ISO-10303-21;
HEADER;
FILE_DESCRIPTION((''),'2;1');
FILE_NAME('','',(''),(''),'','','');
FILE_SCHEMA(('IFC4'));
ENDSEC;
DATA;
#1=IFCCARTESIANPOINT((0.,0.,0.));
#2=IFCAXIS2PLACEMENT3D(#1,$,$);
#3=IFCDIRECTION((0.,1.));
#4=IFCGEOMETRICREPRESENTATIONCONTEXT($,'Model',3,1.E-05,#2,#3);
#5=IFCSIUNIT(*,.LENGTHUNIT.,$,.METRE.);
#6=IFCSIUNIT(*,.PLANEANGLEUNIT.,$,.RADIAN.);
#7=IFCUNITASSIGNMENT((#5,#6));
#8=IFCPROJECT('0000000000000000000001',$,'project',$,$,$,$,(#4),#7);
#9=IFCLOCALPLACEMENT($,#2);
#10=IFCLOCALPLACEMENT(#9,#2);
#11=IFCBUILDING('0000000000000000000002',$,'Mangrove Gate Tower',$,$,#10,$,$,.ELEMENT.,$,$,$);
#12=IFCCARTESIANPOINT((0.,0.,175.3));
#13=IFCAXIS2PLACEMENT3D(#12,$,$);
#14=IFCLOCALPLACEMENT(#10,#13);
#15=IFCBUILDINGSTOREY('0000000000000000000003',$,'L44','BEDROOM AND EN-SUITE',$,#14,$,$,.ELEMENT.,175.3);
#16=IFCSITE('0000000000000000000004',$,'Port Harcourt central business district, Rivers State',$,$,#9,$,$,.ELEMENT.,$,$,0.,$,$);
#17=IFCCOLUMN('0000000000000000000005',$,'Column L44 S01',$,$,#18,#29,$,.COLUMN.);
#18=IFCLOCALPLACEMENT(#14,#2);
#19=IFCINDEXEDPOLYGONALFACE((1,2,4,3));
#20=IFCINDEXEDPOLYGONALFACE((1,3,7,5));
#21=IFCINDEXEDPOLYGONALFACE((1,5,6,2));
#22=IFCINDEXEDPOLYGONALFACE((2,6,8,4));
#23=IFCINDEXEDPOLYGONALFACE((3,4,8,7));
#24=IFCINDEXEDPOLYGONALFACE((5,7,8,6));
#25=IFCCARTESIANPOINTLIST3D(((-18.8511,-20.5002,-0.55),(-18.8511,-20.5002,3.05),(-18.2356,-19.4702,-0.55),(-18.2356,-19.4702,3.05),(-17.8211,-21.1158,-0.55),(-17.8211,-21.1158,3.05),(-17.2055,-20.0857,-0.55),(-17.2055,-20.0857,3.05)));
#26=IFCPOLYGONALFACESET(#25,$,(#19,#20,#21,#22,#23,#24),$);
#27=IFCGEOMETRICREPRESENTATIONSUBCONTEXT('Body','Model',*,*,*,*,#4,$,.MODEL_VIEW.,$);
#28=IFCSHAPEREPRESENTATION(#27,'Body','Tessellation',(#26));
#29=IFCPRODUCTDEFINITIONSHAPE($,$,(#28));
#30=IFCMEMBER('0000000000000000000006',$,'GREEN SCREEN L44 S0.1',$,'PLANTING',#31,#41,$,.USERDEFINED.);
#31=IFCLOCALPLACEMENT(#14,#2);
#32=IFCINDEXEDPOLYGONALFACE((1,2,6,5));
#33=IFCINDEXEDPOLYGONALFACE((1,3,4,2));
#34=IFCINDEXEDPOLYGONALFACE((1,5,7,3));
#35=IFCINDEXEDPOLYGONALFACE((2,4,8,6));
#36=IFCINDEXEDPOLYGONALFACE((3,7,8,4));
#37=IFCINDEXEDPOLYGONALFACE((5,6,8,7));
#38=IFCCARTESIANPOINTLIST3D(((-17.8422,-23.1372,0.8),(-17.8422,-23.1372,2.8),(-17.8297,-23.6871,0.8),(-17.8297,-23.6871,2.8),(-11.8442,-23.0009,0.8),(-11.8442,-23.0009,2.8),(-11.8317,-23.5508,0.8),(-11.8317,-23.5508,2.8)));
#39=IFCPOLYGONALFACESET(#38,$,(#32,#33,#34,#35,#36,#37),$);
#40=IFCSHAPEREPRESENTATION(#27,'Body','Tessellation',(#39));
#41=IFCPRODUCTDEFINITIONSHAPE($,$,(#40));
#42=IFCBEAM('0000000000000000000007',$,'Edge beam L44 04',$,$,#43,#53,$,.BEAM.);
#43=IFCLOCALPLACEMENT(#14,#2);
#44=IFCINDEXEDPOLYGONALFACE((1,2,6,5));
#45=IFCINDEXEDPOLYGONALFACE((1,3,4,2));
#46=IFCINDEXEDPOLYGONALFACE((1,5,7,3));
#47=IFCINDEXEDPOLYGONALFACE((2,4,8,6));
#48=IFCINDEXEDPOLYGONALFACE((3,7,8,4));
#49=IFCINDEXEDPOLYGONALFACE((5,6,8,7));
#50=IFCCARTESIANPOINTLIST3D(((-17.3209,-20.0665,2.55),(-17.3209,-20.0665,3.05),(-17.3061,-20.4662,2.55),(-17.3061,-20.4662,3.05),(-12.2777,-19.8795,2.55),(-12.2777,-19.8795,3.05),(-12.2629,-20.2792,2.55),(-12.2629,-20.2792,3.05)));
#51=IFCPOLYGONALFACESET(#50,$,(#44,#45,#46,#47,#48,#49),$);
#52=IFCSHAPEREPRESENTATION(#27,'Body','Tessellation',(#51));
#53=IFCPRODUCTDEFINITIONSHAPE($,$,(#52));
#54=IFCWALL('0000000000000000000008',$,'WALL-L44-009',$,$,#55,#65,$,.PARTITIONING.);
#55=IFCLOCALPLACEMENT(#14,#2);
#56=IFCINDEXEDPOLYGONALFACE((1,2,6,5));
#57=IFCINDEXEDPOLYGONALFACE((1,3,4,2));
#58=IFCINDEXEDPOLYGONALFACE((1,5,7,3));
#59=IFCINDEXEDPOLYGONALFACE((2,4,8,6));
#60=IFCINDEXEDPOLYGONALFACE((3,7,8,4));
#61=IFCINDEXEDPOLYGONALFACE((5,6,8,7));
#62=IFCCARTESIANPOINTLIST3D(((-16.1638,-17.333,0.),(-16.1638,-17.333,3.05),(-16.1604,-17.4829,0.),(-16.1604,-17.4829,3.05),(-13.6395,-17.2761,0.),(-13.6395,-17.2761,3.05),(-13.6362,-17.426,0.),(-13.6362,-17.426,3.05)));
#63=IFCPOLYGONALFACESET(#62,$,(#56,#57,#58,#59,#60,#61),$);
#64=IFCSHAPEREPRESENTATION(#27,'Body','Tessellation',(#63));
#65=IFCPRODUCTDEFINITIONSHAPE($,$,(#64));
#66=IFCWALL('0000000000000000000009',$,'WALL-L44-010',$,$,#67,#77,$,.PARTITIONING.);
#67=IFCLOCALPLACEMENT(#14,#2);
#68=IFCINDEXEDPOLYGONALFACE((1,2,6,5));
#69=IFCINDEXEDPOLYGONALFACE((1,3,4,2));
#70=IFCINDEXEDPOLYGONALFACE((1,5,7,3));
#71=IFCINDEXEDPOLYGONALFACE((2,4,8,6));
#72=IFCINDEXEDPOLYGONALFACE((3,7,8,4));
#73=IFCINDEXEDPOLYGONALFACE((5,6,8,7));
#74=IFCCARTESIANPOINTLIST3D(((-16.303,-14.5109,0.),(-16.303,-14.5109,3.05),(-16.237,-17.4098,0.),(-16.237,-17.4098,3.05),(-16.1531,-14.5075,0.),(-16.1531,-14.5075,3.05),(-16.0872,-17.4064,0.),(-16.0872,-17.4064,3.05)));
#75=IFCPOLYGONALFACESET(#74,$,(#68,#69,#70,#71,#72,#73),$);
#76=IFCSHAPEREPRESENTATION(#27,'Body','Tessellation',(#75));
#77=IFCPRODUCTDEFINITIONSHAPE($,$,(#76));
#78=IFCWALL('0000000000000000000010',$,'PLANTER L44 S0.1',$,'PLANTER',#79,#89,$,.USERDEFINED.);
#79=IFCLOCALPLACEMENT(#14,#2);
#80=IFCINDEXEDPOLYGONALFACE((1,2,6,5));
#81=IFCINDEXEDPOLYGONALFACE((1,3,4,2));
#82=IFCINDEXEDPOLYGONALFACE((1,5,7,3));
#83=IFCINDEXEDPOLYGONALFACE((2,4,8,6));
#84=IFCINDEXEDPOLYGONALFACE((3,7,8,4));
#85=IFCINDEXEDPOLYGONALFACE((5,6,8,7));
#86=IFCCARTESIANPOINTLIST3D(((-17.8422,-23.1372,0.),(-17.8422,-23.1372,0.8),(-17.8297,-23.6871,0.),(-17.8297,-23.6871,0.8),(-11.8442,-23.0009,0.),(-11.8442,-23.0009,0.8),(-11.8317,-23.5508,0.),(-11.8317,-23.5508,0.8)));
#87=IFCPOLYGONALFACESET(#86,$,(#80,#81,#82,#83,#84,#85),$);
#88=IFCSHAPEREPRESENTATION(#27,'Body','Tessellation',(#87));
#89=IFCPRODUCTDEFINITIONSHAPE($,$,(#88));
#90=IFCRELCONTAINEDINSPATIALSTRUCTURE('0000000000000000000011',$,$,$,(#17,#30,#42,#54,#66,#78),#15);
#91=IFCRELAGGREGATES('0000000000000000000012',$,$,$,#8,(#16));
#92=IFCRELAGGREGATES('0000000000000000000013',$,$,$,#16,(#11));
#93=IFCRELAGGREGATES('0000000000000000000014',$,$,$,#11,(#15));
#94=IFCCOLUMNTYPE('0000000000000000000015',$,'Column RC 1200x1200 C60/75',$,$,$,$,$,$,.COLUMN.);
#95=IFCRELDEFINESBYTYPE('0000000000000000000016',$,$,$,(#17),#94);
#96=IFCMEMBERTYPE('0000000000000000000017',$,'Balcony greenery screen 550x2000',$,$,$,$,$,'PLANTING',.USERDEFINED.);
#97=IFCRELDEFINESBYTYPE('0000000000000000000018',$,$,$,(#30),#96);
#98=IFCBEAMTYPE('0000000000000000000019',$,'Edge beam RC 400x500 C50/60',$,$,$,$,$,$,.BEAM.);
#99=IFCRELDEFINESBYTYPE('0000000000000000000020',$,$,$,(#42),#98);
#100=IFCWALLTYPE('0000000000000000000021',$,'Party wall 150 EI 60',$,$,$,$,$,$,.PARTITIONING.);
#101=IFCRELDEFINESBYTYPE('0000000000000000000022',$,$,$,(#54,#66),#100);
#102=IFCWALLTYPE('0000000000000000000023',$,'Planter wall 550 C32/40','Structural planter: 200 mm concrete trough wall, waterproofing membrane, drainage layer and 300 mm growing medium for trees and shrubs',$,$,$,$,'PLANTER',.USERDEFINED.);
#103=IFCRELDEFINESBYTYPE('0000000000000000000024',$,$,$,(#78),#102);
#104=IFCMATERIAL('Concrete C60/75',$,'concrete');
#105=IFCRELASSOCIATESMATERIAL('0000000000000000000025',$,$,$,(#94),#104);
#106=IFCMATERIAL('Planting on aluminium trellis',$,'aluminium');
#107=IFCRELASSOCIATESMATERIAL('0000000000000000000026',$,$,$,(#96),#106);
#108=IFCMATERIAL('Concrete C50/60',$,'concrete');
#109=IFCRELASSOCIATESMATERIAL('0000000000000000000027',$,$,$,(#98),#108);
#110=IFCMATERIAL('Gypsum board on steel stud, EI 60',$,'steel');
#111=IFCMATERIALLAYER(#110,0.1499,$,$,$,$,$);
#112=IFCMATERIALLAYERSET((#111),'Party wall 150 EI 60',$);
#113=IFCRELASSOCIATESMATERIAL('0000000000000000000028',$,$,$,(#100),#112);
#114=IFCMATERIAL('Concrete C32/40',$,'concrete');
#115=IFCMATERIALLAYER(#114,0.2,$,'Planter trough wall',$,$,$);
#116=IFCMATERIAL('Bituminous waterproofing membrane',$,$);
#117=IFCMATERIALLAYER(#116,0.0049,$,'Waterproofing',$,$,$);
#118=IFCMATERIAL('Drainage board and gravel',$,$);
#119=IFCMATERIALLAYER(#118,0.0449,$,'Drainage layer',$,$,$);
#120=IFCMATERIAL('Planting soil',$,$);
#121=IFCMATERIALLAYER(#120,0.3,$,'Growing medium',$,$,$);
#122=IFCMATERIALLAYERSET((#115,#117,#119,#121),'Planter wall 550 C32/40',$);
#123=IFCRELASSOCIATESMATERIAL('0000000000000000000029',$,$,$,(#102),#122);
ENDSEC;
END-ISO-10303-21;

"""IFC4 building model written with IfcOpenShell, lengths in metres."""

from ifc_helpers import new_model, si_unit, direction, frame, frame_2d, origin, origin_2d, place, context, subcontext, project, spatial, rectangle, extrude, material, layer, layer_set, material_profile, profile_set, type_object, element, save


model = new_model("IFC4")

# Units and contexts
model_context = context("Model", 3, precision=1e-05, world=origin(), true_north=direction((0.0, 1.0)))
body_context = subcontext(model_context, "Body", "Model", "MODEL_VIEW")
ifc_project = project(units=[si_unit("LENGTHUNIT", "METRE"), si_unit("PLANEANGLEUNIT", "RADIAN")], contexts=[model_context])

# Site, building, storey
site_placement = place(None, origin())
site = spatial("IfcSite", under=ifc_project, at=site_placement, Name="Port Harcourt central business district, Rivers State", CompositionType="ELEMENT", RefElevation=0.0)
building_placement = place(site_placement, origin())
building = spatial("IfcBuilding", under=site, at=building_placement, Name="Mangrove Gate Tower", CompositionType="ELEMENT")
storey_placement = place(building_placement, frame((0.0, 0.0, 175.3)))
storey = spatial("IfcBuildingStorey", under=building, at=storey_placement, Name="L44", Description="BEDROOM AND EN-SUITE", CompositionType="ELEMENT", Elevation=175.3)

# Column
ifc_material_1 = material(Name="Concrete C60/75", Category="concrete")
ifc_material_profile_1 = material_profile(ifc_material_1, rectangle(XDim=1.2, YDim=1.2, at=origin_2d()))
ifc_profile_set_1 = profile_set([ifc_material_profile_1], Name="Concrete C60/75")
column_type = type_object("IfcColumnType", Name="Column RC 1200x1200 C60/75", PredefinedType="COLUMN", material=ifc_profile_set_1)
column_placement = place(storey_placement, frame((-18.0283, -20.293, -0.55), z_axis=(0.0, 0.0, 1.0), x_axis=(0.858408, -0.512967, 0.0)))
element("IfcColumn", 1, at=column_placement, inside=storey, type_object=column_type, Name="Column L44 S01", PredefinedType="COLUMN", context=body_context, shape_type="SweptSolid", body=[
    extrude(rectangle(XDim=1.2, YDim=1.2, at=origin_2d()), origin(), (0.0, 0.0, 1.0), 3.6001),
])

# Member
ifc_material_2 = material(Name="Planting on aluminium trellis", Category="aluminium")
ifc_material_profile_2 = material_profile(ifc_material_2, rectangle(XDim=0.55, YDim=2.0, at=origin_2d()))
ifc_profile_set_2 = profile_set([ifc_material_profile_2], Name="Planting on aluminium trellis")
member_type = type_object("IfcMemberType", Name="Balcony greenery screen 550x2000", ElementType="PLANTING", PredefinedType="USERDEFINED", material=ifc_profile_set_2)
member_placement = place(storey_placement, frame((-17.8359, -23.4121, 1.8), z_axis=(0.999742, 0.022707, 0.0), x_axis=(-0.022707, 0.999742, 0.0)))
element("IfcMember", 2, at=member_placement, inside=storey, type_object=member_type, Name="GREEN SCREEN L44 S0.1", ObjectType="PLANTING", PredefinedType="USERDEFINED", context=body_context, shape_type="SweptSolid", body=[
    extrude(rectangle(XDim=0.55, YDim=2.0, at=origin_2d()), origin(), (0.0, 0.0, 1.0), 5.9995),
])

# Beam
ifc_material_3 = material(Name="Concrete C50/60", Category="concrete")
ifc_material_profile_3 = material_profile(ifc_material_3, rectangle(XDim=0.3999, YDim=0.5, at=origin_2d()))
ifc_profile_set_3 = profile_set([ifc_material_profile_3], Name="Concrete C50/60")
beam_type = type_object("IfcBeamType", Name="Edge beam RC 400x500 C50/60", PredefinedType="BEAM", material=ifc_profile_set_3)
beam_placement = place(storey_placement, frame((-17.3135, -20.2664, 2.8), z_axis=(0.999313, 0.037056, 0.0), x_axis=(-0.037056, 0.999313, 0.0)))
element("IfcBeam", 3, at=beam_placement, inside=storey, type_object=beam_type, Name="Edge beam L44 04", PredefinedType="BEAM", context=body_context, shape_type="SweptSolid", body=[
    extrude(rectangle(XDim=0.3999, YDim=0.5, at=origin_2d()), origin(), (0.0, 0.0, 1.0), 5.0466),
])

# Walls
ifc_material_4 = material(Name="Gypsum board on steel stud, EI 60", Category="steel")
ifc_layer_1 = layer(ifc_material_4, 0.1499)
ifc_layer_set_1 = layer_set([ifc_layer_1], Name="Party wall 150 EI 60")
wall_type_1 = type_object("IfcWallType", Name="Party wall 150 EI 60", PredefinedType="PARTITIONING", material=ifc_layer_set_1)
wall_1_placement = place(storey_placement, frame((-16.1621, -17.408, 0.0), z_axis=(0.0, 0.0, 1.0), x_axis=(0.999746, 0.02253, 0.0)))
element("IfcWall", 4, at=wall_1_placement, inside=storey, type_object=wall_type_1, Name="WALL-L44-009", PredefinedType="PARTITIONING", context=body_context, shape_type="SweptSolid", body=[
    extrude(rectangle(XDim=2.5249, YDim=0.1499, at=frame_2d((1.2625, 0.0))), origin(), (0.0, 0.0, 1.0), 3.05),
])
wall_2_placement = place(storey_placement, frame((-16.1621, -17.408, 0.0), z_axis=(0.0, 0.0, 1.0), x_axis=(-0.022733, 0.999742, 0.0)))
element("IfcWall", 5, at=wall_2_placement, inside=storey, type_object=wall_type_1, Name="WALL-L44-010", PredefinedType="PARTITIONING", context=body_context, shape_type="SweptSolid", body=[
    extrude(rectangle(XDim=2.8997, YDim=0.1499, at=frame_2d((1.4497, 0.0))), origin(), (0.0, 0.0, 1.0), 3.05),
])
ifc_material_5 = material(Name="Concrete C32/40", Category="concrete")
ifc_layer_2 = layer(ifc_material_5, 0.2, Name="Planter trough wall")
ifc_material_6 = material(Name="Bituminous waterproofing membrane")
ifc_layer_3 = layer(ifc_material_6, 0.0049, Name="Waterproofing")
ifc_material_7 = material(Name="Drainage board and gravel")
ifc_layer_4 = layer(ifc_material_7, 0.0449, Name="Drainage layer")
ifc_material_8 = material(Name="Planting soil")
ifc_layer_5 = layer(ifc_material_8, 0.3, Name="Growing medium")
ifc_layer_set_2 = layer_set([ifc_layer_2, ifc_layer_3, ifc_layer_4, ifc_layer_5], Name="Planter wall 550 C32/40")
wall_type_2 = type_object("IfcWallType", Name="Planter wall 550 C32/40", Description="Structural planter: 200 mm concrete trough wall, waterproofing membrane, drainage layer and 300 mm growing medium for trees and shrubs", ElementType="PLANTER", PredefinedType="USERDEFINED", material=ifc_layer_set_2)
wall_3_placement = place(storey_placement, frame((-17.8359, -23.4121, 0.0), z_axis=(0.0, 0.0, 1.0), x_axis=(0.999742, 0.022707, 0.0)))
element("IfcWall", 6, at=wall_3_placement, inside=storey, type_object=wall_type_2, Name="PLANTER L44 S0.1", ObjectType="PLANTER", PredefinedType="USERDEFINED", context=body_context, shape_type="SweptSolid", body=[
    extrude(rectangle(XDim=5.9995, YDim=0.55, at=frame_2d((2.9998, 0.0))), origin(), (0.0, 0.0, 1.0), 0.8),
])

save(model, "model.ifc")
